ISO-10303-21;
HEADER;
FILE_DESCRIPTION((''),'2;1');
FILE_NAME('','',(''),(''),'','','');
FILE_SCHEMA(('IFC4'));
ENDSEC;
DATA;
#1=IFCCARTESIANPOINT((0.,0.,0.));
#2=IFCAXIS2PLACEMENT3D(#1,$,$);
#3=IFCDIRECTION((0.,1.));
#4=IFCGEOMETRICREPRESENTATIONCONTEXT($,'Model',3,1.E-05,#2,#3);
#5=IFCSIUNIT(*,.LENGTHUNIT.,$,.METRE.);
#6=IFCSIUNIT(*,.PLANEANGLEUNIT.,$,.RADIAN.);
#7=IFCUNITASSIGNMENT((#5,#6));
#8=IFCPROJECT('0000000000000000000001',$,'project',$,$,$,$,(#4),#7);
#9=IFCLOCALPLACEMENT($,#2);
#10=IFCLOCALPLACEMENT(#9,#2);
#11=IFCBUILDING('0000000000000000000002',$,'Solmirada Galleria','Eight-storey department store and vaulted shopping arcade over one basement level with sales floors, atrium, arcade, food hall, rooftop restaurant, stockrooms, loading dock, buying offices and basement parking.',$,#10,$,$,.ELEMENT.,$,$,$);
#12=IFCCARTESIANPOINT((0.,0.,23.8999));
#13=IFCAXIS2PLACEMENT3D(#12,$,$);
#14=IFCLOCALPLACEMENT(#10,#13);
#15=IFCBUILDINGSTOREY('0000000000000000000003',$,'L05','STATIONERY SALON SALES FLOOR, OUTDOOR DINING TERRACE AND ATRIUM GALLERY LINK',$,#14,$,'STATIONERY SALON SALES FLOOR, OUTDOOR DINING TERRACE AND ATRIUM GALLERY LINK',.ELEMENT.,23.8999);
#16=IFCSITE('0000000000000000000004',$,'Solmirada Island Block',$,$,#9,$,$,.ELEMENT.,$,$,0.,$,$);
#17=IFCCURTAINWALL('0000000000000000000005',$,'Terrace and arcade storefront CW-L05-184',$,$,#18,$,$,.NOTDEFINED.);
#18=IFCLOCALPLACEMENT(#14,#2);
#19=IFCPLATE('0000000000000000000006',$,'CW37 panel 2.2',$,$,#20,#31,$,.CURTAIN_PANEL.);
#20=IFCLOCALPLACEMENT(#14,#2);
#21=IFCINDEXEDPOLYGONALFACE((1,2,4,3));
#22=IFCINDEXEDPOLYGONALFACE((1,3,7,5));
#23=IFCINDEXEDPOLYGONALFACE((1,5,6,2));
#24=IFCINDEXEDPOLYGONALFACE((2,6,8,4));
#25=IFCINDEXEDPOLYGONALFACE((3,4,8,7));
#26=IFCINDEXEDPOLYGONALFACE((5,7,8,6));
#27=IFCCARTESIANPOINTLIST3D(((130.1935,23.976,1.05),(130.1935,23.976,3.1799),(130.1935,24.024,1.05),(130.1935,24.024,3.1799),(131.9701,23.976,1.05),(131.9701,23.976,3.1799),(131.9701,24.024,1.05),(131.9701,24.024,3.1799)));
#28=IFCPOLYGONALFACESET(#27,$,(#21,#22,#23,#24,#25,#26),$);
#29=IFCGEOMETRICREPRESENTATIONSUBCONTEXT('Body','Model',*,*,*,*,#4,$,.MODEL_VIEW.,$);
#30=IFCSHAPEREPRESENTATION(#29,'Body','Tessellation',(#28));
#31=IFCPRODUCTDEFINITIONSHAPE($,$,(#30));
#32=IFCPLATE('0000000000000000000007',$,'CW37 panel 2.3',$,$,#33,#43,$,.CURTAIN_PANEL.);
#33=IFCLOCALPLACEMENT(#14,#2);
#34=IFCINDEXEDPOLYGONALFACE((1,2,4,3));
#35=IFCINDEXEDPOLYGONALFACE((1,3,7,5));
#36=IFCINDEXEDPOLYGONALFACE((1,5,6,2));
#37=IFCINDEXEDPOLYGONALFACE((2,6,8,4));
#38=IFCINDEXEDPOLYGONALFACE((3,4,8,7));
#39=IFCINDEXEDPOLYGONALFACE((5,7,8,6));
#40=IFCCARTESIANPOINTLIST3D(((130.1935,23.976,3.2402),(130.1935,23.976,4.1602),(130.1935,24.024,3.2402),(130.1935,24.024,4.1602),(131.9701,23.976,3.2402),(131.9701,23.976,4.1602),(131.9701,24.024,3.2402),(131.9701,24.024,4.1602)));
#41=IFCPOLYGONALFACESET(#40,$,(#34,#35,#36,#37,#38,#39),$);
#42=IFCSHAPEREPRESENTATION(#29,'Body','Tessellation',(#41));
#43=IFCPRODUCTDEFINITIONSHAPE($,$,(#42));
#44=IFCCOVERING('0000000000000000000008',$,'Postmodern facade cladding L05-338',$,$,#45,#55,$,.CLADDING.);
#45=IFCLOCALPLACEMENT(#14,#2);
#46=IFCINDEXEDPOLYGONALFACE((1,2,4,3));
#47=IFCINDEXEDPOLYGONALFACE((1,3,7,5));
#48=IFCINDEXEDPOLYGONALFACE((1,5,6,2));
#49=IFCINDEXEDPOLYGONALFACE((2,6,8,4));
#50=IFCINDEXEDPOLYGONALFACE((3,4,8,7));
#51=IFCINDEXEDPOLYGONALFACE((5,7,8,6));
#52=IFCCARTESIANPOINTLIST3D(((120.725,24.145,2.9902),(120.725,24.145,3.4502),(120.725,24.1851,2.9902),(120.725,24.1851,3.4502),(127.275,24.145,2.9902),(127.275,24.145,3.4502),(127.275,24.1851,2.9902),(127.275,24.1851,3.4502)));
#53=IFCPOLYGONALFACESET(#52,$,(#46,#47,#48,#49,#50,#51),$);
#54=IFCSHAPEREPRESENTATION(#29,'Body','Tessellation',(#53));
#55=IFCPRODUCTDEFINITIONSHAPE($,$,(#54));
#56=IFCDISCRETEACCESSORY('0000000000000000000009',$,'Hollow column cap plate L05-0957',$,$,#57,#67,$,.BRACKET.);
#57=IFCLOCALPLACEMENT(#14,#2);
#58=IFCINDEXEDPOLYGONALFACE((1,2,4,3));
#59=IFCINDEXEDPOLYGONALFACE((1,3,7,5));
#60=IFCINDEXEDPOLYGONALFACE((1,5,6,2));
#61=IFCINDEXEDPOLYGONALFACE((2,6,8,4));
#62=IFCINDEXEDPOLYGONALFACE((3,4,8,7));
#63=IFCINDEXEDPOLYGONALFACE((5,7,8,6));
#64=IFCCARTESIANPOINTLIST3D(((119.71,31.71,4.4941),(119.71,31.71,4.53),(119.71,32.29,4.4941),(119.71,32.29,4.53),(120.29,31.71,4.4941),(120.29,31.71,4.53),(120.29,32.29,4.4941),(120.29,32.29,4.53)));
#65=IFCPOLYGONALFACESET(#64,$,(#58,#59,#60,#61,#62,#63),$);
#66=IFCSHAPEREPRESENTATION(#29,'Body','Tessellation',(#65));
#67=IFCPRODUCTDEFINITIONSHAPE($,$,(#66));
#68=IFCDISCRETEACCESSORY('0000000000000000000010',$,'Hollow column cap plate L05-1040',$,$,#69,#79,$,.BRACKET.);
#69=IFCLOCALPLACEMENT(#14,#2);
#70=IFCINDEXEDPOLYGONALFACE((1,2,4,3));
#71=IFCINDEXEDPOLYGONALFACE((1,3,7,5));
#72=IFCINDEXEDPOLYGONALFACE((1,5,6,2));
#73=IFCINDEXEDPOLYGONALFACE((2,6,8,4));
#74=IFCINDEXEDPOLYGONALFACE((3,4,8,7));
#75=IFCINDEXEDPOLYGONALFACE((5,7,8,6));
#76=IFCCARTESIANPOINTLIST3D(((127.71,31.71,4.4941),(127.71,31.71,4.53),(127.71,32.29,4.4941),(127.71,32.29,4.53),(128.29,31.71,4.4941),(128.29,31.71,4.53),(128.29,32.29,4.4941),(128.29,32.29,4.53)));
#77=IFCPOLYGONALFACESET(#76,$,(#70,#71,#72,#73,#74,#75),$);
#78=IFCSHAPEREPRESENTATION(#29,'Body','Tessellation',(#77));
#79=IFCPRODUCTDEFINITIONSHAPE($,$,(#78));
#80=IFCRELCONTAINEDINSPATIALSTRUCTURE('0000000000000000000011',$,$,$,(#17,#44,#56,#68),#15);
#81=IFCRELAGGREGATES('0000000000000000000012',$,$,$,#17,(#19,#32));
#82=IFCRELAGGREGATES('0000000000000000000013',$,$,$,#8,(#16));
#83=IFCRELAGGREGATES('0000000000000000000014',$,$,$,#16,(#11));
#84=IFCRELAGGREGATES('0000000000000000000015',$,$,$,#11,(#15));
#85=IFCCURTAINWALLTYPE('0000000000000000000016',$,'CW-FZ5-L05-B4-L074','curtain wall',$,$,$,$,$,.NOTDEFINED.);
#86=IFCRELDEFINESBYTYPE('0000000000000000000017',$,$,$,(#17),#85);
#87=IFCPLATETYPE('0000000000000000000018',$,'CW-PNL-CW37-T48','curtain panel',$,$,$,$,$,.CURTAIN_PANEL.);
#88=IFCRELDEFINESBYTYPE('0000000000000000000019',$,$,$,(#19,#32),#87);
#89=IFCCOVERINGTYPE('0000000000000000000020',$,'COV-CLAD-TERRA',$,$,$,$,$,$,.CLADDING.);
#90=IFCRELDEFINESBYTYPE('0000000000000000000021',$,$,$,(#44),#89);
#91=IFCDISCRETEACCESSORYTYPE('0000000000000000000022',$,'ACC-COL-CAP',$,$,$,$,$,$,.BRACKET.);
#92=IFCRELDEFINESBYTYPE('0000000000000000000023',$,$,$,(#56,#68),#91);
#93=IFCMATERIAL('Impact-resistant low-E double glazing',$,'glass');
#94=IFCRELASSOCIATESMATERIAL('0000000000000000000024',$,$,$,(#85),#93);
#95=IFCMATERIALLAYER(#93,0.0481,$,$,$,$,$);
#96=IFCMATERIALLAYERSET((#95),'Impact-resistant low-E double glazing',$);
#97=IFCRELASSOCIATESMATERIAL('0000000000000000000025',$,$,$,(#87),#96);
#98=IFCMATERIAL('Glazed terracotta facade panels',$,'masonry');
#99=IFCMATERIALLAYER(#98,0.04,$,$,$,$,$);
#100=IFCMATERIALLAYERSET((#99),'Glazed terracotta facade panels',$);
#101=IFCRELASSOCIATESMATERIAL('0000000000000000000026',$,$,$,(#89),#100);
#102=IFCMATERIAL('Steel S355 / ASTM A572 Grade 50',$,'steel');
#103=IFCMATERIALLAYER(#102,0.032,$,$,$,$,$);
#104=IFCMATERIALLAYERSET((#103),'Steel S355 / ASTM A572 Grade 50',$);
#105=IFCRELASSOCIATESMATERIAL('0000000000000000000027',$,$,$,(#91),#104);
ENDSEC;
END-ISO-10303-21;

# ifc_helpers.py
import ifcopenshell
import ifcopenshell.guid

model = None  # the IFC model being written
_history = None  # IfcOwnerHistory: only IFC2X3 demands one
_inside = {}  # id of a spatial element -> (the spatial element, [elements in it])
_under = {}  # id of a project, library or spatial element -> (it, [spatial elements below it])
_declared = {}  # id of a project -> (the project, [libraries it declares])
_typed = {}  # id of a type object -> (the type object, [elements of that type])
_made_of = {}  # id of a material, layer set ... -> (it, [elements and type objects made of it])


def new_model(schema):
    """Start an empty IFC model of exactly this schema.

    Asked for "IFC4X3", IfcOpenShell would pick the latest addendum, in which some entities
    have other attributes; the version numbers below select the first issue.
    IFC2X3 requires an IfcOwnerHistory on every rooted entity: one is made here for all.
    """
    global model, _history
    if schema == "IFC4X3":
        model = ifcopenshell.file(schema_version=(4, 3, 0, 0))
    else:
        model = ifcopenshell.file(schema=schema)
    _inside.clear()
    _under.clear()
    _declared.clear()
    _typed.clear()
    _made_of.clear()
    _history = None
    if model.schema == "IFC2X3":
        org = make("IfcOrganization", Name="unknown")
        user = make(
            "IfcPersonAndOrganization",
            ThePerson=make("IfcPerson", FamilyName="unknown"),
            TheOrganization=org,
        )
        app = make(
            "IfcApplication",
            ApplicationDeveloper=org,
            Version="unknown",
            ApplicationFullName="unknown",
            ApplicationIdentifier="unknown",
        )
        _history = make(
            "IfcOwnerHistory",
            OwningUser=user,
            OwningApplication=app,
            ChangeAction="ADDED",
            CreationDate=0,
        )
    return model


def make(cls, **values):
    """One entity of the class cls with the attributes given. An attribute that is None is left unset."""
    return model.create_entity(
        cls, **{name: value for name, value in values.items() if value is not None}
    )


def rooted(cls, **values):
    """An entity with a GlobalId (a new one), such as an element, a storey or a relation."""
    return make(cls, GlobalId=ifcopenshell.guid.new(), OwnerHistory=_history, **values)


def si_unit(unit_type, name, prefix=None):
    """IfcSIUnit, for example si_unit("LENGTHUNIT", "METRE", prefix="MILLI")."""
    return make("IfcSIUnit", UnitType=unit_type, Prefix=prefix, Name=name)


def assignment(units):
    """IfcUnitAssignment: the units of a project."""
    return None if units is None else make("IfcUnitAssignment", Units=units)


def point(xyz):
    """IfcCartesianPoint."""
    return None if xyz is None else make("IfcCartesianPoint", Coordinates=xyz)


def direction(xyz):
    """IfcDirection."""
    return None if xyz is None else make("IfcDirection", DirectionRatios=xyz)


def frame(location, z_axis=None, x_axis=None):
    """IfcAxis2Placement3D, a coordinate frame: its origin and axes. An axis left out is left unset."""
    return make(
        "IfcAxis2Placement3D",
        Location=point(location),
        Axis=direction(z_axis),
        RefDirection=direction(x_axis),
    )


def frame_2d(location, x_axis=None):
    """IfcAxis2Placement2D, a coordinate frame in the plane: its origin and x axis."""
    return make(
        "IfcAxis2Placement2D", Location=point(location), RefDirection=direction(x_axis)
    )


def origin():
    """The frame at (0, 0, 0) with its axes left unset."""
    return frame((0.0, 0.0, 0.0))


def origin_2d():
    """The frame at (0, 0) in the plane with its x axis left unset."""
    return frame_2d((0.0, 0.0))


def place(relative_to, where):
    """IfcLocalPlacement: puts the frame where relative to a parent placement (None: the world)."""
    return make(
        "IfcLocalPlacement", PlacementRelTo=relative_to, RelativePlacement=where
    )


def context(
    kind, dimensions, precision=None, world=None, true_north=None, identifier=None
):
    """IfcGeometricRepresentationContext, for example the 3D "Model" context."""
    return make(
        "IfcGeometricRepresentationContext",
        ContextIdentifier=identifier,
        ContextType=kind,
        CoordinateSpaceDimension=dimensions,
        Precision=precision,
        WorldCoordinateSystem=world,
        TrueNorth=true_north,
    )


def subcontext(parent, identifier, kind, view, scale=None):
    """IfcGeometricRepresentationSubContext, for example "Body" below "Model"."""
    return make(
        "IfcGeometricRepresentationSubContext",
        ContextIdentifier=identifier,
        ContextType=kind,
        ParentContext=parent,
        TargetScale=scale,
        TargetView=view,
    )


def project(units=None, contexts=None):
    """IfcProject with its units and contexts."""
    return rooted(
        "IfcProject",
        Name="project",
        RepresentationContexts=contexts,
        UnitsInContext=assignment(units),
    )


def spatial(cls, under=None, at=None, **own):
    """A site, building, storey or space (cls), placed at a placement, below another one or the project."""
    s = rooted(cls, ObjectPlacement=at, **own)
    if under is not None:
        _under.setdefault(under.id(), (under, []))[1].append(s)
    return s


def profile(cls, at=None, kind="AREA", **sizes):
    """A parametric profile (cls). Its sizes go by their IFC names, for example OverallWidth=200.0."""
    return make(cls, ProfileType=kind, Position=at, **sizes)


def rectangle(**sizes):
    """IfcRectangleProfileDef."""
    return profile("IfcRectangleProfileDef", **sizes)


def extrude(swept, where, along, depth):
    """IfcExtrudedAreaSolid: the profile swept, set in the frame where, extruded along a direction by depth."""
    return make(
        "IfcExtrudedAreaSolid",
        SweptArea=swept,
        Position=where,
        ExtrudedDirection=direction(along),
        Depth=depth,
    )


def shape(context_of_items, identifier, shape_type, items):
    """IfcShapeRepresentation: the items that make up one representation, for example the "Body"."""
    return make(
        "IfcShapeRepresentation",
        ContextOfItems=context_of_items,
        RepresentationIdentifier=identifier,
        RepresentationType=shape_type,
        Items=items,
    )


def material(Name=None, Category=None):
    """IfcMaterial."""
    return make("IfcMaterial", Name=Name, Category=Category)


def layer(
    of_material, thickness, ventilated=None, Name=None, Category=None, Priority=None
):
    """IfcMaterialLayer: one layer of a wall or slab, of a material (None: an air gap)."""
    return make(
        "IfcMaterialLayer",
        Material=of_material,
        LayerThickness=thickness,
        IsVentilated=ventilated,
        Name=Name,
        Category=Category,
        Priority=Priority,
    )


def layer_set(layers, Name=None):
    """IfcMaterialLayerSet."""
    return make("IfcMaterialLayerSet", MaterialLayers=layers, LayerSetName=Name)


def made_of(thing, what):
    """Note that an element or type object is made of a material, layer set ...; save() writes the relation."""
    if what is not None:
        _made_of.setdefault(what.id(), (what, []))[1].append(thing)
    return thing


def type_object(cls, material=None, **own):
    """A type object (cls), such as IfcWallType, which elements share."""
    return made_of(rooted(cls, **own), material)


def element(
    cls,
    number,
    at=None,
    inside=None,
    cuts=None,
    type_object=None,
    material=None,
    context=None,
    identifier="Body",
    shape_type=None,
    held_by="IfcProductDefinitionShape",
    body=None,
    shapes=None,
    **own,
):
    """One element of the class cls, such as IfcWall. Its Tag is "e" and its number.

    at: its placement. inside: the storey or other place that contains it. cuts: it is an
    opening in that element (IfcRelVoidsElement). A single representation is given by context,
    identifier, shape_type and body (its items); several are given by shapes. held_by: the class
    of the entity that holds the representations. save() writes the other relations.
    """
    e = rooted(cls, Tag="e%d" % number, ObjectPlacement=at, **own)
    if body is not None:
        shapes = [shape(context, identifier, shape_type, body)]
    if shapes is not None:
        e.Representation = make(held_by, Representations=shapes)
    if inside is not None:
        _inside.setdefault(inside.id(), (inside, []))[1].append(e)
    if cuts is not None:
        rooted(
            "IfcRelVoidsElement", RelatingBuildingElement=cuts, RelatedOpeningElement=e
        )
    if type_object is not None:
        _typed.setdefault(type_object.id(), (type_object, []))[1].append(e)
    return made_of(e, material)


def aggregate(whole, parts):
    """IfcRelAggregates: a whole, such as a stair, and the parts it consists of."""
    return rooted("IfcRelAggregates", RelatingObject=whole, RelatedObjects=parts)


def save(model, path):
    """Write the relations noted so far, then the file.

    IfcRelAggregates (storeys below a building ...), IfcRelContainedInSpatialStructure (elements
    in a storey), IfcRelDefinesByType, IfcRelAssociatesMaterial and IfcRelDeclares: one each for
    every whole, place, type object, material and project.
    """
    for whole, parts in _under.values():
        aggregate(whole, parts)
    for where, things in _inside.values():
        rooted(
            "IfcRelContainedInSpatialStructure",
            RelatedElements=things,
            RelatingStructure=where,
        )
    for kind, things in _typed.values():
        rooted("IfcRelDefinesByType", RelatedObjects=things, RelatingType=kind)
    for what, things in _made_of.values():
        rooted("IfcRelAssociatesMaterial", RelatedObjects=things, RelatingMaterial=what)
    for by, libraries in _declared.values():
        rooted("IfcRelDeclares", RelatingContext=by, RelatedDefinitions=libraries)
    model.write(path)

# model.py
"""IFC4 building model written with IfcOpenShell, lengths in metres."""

from ifc_helpers import new_model, si_unit, direction, frame, origin, origin_2d, place, context, subcontext, project, spatial, rectangle, extrude, material, layer, layer_set, type_object, element, aggregate, save


model = new_model("IFC4")

# Units and contexts
model_context = context("Model", 3, precision=1e-05, world=origin(), true_north=direction((0.0, 1.0)))
body_context = subcontext(model_context, "Body", "Model", "MODEL_VIEW")
ifc_project = project(units=[si_unit("LENGTHUNIT", "METRE"), si_unit("PLANEANGLEUNIT", "RADIAN")], contexts=[model_context])

# Site, building, storey
site_placement = place(None, origin())
site = spatial("IfcSite", under=ifc_project, at=site_placement, Name="Solmirada Island Block", CompositionType="ELEMENT", RefElevation=0.0)
building_placement = place(site_placement, origin())
building = spatial("IfcBuilding", under=site, at=building_placement, Name="Solmirada Galleria", Description="Eight-storey department store and vaulted shopping arcade over one basement level with sales floors, atrium, arcade, food hall, rooftop restaurant, stockrooms, loading dock, buying offices and basement parking.", CompositionType="ELEMENT")
storey_placement = place(building_placement, frame((0.0, 0.0, 23.8999)))
storey = spatial("IfcBuildingStorey", under=building, at=storey_placement, Name="L05", Description="STATIONERY SALON SALES FLOOR, OUTDOOR DINING TERRACE AND ATRIUM GALLERY LINK", LongName="STATIONERY SALON SALES FLOOR, OUTDOOR DINING TERRACE AND ATRIUM GALLERY LINK", CompositionType="ELEMENT", Elevation=23.8999)

# Curtain wall, plates
ifc_material_1 = material(Name="Impact-resistant low-E double glazing", Category="glass")
curtain_wall_type = type_object("IfcCurtainWallType", Name="CW-FZ5-L05-B4-L074", Description="curtain wall", PredefinedType="NOTDEFINED", material=ifc_material_1)
curtain_wall_placement = place(storey_placement, origin())
curtain_wall = element("IfcCurtainWall", 1, at=curtain_wall_placement, inside=storey, type_object=curtain_wall_type, Name="Terrace and arcade storefront CW-L05-184", PredefinedType="NOTDEFINED")
ifc_layer_1 = layer(ifc_material_1, 0.0481)
ifc_layer_set_1 = layer_set([ifc_layer_1], Name="Impact-resistant low-E double glazing")
plate_type = type_object("IfcPlateType", Name="CW-PNL-CW37-T48", Description="curtain panel", PredefinedType="CURTAIN_PANEL", material=ifc_layer_set_1)
plate_1_placement = place(storey_placement, frame((131.0818, 24.0, 1.05), z_axis=(0.0, 0.0, 1.0), x_axis=(1.0, 0.0, 0.0)))
plate_1 = element("IfcPlate", 2, at=plate_1_placement, type_object=plate_type, Name="CW37 panel 2.2", PredefinedType="CURTAIN_PANEL", context=body_context, shape_type="SweptSolid", body=[
    extrude(rectangle(XDim=1.7766, YDim=0.0481, at=origin_2d()), origin(), (0.0, 0.0, 1.0), 2.1299),
])
plate_2_placement = place(storey_placement, frame((131.0818, 24.0, 3.2402), z_axis=(0.0, 0.0, 1.0), x_axis=(1.0, 0.0, 0.0)))
plate_2 = element("IfcPlate", 3, at=plate_2_placement, type_object=plate_type, Name="CW37 panel 2.3", PredefinedType="CURTAIN_PANEL", context=body_context, shape_type="SweptSolid", body=[
    extrude(rectangle(XDim=1.7766, YDim=0.0481, at=origin_2d()), origin(), (0.0, 0.0, 1.0), 0.9199),
])
aggregate(curtain_wall, [plate_1, plate_2])

# Covering
ifc_material_2 = material(Name="Glazed terracotta facade panels", Category="masonry")
ifc_layer_2 = layer(ifc_material_2, 0.04)
ifc_layer_set_2 = layer_set([ifc_layer_2], Name="Glazed terracotta facade panels")
covering_type = type_object("IfcCoveringType", Name="COV-CLAD-TERRA", PredefinedType="CLADDING", material=ifc_layer_set_2)
covering_placement = place(storey_placement, frame((124.0, 24.165, 2.9902), z_axis=(0.0, 0.0, 1.0), x_axis=(1.0, 0.0, 0.0)))
element("IfcCovering", 4, at=covering_placement, inside=storey, type_object=covering_type, Name="Postmodern facade cladding L05-338", PredefinedType="CLADDING", context=body_context, shape_type="SweptSolid", body=[
    extrude(rectangle(XDim=6.55, YDim=0.04, at=origin_2d()), origin(), (0.0, 0.0, 1.0), 0.46),
])

# Discrete accessories
ifc_material_3 = material(Name="Steel S355 / ASTM A572 Grade 50", Category="steel")
ifc_layer_3 = layer(ifc_material_3, 0.032)
ifc_layer_set_3 = layer_set([ifc_layer_3], Name="Steel S355 / ASTM A572 Grade 50")
discrete_accessory_type = type_object("IfcDiscreteAccessoryType", Name="ACC-COL-CAP", PredefinedType="BRACKET", material=ifc_layer_set_3)
for number, where, z_axis, x_axis, name in (
    (5, (120.0, 32.0, 4.4941), (0.0, 0.0, 1.0), (1.0, 0.0, 0.0), "Hollow column cap plate L05-0957"),
    (6, (128.0, 32.0, 4.4941), (0.0, 0.0, 1.0), (1.0, 0.0, 0.0), "Hollow column cap plate L05-1040"),
):
    element("IfcDiscreteAccessory", number, at=place(storey_placement, frame(where, z_axis=z_axis, x_axis=x_axis)), inside=storey, type_object=discrete_accessory_type, Name=name, PredefinedType="BRACKET", context=body_context, shape_type="SweptSolid", body=[
        extrude(rectangle(XDim=0.5801, YDim=0.5801, at=origin_2d()), origin(), (0.0, 0.0, 1.0), 0.0359),
    ])

save(model, "model.ifc")
